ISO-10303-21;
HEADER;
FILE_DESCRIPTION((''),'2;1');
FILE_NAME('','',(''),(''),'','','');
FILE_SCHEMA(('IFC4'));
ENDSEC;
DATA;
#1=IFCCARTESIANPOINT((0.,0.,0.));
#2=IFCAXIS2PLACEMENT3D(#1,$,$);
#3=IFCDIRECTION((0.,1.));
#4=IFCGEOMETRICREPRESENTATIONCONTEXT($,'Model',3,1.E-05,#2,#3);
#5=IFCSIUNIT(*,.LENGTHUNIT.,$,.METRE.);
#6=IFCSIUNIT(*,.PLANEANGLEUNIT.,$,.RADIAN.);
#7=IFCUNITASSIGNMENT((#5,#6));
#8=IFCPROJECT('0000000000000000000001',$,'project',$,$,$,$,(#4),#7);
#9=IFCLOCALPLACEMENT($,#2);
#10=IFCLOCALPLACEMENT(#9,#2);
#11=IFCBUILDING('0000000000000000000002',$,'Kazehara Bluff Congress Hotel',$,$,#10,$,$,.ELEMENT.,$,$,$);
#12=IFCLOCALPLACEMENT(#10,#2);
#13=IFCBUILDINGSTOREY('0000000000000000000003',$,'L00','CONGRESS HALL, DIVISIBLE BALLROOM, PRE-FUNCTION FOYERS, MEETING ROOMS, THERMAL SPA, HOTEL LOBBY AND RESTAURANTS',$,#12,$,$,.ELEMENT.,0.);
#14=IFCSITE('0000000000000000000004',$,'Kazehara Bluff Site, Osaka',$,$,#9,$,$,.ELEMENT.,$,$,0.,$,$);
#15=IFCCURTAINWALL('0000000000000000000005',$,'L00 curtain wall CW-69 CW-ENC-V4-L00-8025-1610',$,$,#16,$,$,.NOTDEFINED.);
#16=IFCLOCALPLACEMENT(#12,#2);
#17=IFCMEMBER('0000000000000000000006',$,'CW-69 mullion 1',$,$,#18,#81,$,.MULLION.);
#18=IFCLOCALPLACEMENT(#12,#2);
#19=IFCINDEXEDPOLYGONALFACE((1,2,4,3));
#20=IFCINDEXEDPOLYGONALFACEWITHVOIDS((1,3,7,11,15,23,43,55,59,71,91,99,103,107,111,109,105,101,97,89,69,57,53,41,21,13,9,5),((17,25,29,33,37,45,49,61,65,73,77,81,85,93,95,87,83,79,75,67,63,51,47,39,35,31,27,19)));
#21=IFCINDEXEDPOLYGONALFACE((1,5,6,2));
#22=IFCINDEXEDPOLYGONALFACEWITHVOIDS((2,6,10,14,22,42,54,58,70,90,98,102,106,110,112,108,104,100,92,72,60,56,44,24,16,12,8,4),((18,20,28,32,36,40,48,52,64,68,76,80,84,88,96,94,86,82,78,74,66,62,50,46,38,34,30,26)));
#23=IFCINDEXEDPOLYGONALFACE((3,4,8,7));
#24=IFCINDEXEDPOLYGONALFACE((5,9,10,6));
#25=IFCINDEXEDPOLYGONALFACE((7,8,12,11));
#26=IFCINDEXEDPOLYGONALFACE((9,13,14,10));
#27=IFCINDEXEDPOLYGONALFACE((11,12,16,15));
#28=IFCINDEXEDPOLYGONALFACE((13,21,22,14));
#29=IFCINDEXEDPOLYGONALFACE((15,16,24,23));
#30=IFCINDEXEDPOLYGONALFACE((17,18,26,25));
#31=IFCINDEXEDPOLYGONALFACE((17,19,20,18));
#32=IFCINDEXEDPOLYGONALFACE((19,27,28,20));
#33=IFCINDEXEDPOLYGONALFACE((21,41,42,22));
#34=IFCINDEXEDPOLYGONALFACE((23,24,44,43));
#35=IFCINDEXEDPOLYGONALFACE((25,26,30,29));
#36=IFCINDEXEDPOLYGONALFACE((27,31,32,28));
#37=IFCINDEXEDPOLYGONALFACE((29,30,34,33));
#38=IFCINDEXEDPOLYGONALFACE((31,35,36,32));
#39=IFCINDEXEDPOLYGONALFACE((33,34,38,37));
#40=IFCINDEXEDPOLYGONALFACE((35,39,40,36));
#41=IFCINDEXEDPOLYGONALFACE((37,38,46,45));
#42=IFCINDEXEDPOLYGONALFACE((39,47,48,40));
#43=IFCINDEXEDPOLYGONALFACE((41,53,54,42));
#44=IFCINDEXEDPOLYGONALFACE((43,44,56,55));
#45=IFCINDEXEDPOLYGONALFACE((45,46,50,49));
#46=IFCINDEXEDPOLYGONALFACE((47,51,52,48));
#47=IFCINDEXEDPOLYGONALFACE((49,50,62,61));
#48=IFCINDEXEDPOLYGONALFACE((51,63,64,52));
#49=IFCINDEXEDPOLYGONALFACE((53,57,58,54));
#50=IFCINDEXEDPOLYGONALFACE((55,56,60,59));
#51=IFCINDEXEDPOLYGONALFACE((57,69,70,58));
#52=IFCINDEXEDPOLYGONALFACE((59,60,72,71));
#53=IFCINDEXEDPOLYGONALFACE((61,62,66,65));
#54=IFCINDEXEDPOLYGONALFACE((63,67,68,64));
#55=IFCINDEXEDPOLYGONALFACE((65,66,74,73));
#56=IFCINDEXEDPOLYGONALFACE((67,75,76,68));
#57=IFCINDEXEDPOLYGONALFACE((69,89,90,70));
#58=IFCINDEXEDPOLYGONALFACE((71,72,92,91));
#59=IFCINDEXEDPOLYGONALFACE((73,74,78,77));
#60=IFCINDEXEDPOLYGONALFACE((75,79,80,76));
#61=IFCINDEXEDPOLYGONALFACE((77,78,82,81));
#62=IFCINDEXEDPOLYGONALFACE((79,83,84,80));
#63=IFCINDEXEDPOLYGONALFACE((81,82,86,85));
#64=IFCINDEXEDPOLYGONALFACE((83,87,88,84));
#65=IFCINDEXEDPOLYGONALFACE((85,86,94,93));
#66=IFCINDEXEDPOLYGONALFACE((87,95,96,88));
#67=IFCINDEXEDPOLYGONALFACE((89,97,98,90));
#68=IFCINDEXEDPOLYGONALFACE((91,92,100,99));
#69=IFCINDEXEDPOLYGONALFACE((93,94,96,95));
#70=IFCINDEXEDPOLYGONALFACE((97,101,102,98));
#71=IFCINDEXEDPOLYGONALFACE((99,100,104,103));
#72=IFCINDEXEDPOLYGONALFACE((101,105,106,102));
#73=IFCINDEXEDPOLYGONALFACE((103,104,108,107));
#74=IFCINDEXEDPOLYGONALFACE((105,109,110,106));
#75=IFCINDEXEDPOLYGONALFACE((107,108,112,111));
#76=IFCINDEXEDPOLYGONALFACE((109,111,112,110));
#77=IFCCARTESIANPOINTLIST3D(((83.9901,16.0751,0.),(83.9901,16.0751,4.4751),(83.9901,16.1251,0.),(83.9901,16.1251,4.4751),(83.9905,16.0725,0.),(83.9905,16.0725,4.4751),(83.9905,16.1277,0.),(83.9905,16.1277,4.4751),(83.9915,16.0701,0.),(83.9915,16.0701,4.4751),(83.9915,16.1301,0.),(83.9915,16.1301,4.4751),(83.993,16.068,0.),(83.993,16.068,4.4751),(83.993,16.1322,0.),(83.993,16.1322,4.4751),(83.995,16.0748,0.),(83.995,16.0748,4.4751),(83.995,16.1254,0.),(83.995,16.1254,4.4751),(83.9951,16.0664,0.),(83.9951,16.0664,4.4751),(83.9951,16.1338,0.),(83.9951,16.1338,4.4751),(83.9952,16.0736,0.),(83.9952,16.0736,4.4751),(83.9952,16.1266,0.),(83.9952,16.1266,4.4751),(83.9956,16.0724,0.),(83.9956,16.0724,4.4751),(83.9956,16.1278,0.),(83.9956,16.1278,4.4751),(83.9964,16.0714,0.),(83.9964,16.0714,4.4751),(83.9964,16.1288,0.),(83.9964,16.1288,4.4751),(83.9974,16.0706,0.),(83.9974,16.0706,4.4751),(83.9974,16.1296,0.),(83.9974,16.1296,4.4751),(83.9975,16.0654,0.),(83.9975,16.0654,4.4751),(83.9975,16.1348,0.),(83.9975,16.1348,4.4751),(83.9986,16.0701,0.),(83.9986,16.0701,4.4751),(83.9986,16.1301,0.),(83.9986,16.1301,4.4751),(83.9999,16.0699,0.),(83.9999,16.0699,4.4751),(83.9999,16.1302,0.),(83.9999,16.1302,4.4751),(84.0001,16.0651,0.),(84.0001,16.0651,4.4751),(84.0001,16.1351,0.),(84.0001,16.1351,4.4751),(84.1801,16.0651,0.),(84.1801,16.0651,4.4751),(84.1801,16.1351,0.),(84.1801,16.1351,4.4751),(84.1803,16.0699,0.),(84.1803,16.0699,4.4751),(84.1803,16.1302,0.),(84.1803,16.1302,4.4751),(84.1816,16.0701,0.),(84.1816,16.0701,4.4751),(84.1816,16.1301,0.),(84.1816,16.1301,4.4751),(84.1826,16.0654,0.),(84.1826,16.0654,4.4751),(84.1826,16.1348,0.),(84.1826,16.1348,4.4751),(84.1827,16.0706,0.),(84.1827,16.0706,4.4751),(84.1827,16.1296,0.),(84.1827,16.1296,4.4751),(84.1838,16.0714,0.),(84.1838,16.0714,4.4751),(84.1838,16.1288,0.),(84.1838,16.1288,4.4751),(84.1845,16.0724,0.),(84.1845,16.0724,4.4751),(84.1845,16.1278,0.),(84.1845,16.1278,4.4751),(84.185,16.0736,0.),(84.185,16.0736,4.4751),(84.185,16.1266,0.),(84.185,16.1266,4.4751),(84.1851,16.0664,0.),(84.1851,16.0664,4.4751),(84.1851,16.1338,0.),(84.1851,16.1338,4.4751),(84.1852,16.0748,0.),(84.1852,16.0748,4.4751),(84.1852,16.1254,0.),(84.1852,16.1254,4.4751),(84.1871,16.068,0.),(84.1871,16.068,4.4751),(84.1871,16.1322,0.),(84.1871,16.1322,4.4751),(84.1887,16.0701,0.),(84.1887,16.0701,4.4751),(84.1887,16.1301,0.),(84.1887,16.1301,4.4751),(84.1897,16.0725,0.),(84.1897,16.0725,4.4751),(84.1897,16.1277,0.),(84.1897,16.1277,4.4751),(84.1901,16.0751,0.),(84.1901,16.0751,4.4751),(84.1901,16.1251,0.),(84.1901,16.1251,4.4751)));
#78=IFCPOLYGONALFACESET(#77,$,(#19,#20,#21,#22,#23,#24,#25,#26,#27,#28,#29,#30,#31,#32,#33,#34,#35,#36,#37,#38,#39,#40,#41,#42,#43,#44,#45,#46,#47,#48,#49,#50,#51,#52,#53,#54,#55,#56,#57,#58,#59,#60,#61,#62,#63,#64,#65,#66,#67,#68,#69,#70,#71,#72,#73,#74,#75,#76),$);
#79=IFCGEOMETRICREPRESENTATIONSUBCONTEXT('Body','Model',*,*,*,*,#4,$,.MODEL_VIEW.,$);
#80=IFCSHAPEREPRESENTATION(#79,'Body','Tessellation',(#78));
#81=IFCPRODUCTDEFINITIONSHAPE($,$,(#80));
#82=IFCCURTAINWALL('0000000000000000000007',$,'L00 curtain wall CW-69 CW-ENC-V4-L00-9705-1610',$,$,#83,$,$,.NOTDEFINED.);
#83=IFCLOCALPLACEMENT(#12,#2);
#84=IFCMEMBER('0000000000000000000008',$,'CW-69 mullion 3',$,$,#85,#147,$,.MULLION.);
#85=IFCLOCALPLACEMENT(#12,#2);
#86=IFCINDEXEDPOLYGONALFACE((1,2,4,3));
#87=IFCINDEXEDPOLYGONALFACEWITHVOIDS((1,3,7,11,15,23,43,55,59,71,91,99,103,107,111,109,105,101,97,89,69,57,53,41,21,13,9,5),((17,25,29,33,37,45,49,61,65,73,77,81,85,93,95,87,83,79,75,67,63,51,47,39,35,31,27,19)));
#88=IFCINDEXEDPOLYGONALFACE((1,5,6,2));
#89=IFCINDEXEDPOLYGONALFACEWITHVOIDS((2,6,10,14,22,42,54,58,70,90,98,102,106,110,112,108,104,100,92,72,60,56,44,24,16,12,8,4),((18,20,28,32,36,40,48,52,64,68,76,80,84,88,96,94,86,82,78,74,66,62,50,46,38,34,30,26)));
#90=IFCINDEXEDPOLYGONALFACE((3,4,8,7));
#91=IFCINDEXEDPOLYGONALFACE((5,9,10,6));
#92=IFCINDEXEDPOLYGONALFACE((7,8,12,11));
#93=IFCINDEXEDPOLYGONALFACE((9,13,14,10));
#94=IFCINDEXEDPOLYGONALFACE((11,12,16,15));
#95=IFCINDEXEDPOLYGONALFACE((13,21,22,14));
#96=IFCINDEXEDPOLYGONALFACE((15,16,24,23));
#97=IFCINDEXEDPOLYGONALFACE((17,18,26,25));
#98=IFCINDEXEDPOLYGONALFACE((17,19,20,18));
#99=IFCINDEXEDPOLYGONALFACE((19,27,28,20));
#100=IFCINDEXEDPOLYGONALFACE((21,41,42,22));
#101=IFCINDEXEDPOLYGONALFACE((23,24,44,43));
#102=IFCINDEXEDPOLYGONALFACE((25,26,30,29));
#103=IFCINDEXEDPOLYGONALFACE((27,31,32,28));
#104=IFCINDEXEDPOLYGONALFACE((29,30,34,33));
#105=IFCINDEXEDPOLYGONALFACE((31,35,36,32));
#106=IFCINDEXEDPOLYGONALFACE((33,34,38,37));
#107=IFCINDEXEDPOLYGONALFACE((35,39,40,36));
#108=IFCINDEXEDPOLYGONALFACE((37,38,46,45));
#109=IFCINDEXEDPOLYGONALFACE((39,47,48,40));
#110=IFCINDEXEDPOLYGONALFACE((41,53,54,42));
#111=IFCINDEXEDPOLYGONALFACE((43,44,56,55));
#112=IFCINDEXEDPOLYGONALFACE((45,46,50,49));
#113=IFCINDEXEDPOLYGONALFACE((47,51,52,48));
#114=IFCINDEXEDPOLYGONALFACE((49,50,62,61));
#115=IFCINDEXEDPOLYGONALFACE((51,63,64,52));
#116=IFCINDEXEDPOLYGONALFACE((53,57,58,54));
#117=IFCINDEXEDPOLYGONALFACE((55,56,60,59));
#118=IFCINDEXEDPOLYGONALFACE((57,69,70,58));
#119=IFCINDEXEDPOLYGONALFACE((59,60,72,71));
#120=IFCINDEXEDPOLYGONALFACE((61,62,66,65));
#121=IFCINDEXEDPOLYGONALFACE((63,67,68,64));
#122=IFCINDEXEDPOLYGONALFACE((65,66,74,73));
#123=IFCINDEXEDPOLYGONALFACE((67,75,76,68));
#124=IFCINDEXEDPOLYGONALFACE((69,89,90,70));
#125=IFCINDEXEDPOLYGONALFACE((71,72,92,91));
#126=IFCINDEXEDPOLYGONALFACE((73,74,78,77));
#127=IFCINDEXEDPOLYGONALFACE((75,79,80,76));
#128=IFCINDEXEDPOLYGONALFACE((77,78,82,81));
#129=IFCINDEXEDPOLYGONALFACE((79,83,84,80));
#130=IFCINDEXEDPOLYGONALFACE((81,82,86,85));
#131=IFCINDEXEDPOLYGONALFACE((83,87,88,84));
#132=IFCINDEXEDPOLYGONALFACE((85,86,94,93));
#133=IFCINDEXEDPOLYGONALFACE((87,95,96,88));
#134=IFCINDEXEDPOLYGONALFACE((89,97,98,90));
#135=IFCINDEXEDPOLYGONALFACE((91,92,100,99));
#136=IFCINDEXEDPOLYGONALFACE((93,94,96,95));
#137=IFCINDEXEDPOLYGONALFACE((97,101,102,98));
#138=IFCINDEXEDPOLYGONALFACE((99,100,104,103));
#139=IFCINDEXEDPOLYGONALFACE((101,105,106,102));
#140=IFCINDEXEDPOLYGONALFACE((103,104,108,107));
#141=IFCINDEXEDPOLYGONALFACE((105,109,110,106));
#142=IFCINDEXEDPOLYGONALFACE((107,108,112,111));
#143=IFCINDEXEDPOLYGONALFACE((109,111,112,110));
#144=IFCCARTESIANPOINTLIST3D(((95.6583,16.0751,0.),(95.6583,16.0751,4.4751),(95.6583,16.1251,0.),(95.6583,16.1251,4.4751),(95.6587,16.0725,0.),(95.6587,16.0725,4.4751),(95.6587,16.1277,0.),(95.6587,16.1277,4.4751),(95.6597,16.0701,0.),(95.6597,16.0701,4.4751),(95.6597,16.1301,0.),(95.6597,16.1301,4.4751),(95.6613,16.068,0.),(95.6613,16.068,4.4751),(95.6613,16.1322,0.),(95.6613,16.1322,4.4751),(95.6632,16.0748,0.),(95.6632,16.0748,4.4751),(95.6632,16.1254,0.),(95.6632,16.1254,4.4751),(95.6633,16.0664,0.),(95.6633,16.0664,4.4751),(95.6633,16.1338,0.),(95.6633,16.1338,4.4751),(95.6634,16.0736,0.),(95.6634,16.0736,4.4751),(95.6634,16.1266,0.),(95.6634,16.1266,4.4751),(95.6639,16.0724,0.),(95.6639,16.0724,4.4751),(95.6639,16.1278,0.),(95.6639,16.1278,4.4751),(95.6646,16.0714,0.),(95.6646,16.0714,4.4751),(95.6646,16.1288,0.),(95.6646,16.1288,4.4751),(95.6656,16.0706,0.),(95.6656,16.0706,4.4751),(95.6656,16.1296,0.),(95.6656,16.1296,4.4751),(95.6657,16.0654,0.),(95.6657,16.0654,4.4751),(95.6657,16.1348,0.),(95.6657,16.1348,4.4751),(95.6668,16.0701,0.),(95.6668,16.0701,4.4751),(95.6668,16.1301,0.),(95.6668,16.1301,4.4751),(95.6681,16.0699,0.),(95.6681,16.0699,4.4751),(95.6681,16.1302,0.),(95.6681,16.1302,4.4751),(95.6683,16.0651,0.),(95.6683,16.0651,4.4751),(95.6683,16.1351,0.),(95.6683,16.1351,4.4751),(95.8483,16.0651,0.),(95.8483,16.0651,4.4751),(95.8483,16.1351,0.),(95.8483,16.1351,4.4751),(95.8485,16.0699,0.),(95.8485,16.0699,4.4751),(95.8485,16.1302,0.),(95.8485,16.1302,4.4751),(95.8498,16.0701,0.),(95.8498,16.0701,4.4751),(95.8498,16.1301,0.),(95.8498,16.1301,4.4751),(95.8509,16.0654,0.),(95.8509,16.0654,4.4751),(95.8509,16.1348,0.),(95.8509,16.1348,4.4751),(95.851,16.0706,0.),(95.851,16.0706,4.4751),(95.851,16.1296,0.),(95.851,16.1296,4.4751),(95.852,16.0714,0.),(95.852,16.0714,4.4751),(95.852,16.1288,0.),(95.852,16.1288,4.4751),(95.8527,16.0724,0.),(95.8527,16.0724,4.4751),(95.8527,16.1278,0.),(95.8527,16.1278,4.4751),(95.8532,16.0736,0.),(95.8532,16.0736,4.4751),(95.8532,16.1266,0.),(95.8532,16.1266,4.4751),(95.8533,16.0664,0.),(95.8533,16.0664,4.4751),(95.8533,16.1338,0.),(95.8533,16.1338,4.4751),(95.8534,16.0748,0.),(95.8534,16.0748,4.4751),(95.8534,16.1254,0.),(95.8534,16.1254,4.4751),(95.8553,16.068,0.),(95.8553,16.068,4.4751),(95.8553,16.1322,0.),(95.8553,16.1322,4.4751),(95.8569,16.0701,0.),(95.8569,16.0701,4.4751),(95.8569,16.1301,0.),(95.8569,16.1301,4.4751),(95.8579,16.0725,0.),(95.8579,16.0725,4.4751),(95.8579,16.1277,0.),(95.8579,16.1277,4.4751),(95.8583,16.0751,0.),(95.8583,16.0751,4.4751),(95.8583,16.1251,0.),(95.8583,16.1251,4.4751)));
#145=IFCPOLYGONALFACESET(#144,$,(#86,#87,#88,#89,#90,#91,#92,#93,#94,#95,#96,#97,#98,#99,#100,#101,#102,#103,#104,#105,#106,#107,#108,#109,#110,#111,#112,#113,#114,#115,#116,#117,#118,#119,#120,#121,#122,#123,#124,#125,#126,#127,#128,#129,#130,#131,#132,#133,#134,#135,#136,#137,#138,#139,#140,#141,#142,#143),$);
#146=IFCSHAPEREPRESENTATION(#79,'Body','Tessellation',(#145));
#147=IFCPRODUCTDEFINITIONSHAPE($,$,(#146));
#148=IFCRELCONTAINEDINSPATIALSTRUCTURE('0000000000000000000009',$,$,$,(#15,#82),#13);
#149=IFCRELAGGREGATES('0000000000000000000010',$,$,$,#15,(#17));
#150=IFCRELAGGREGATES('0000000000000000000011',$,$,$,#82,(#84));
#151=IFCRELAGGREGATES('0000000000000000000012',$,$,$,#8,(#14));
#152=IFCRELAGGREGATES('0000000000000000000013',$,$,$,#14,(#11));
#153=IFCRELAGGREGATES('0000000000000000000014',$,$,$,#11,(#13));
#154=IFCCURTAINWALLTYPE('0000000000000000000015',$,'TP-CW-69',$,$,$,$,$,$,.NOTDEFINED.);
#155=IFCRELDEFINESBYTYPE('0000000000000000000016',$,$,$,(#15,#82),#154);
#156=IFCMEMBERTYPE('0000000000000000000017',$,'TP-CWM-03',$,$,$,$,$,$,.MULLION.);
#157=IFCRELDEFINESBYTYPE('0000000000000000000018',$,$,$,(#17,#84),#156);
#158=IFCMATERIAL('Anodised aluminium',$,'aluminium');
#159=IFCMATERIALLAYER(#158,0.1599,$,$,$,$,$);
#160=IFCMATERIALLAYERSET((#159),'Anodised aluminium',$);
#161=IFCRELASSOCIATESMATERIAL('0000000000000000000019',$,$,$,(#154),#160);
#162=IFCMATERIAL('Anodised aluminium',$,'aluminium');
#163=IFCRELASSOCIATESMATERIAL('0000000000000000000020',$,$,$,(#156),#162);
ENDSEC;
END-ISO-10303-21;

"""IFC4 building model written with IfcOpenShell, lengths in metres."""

from ifc_helpers import new_model, si_unit, direction, frame, origin, origin_2d, place, context, subcontext, project, spatial, hollow_rectangle, extrude, material, layer, layer_set, material_profile, profile_set, type_object, element, aggregate, save


model = new_model("IFC4")

# Units and contexts
model_context = context("Model", 3, precision=1e-05, world=origin(), true_north=direction((0.0, 1.0)))
body_context = subcontext(model_context, "Body", "Model", "MODEL_VIEW")
ifc_project = project(units=[si_unit("LENGTHUNIT", "METRE"), si_unit("PLANEANGLEUNIT", "RADIAN")], contexts=[model_context])

# Site, building, storey
site_placement = place(None, origin())
site = spatial("IfcSite", under=ifc_project, at=site_placement, Name="Kazehara Bluff Site, Osaka", CompositionType="ELEMENT", RefElevation=0.0)
building_placement = place(site_placement, origin())
building = spatial("IfcBuilding", under=site, at=building_placement, Name="Kazehara Bluff Congress Hotel", CompositionType="ELEMENT")
storey_placement = place(building_placement, origin())
storey = spatial("IfcBuildingStorey", under=building, at=storey_placement, Name="L00", Description="CONGRESS HALL, DIVISIBLE BALLROOM, PRE-FUNCTION FOYERS, MEETING ROOMS, THERMAL SPA, HOTEL LOBBY AND RESTAURANTS", CompositionType="ELEMENT", Elevation=0.0)

# Curtain wall, member
ifc_material_1 = material(Name="Anodised aluminium", Category="aluminium")
ifc_layer_1 = layer(ifc_material_1, 0.1599)
ifc_layer_set_1 = layer_set([ifc_layer_1], Name="Anodised aluminium")
curtain_wall_type = type_object("IfcCurtainWallType", Name="TP-CW-69", PredefinedType="NOTDEFINED", material=ifc_layer_set_1)
curtain_wall_1_placement = place(storey_placement, origin())
curtain_wall_1 = element("IfcCurtainWall", 1, at=curtain_wall_1_placement, inside=storey, type_object=curtain_wall_type, Name="L00 curtain wall CW-69 CW-ENC-V4-L00-8025-1610", PredefinedType="NOTDEFINED")
ifc_material_2 = material(Name="Anodised aluminium", Category="aluminium")
ifc_material_profile_1 = material_profile(ifc_material_2, hollow_rectangle(XDim=0.0701, YDim=0.2, WallThickness=0.0049, InnerFilletRadius=0.0049, OuterFilletRadius=0.01, at=origin_2d()))
ifc_profile_set_1 = profile_set([ifc_material_profile_1], Name="Anodised aluminium")
member_type_1 = type_object("IfcMemberType", Name="TP-CWM-03", PredefinedType="MULLION", material=ifc_profile_set_1)
member_1_placement = place(storey_placement, frame((84.0901, 16.1001, 0.0), z_axis=(0.0, 0.0, 1.0), x_axis=(0.0, -1.0, 0.0)))
member_1 = element("IfcMember", 2, at=member_1_placement, type_object=member_type_1, Name="CW-69 mullion 1", PredefinedType="MULLION", context=body_context, shape_type="SweptSolid", body=[
    extrude(hollow_rectangle(XDim=0.0701, YDim=0.2, WallThickness=0.0049, InnerFilletRadius=0.0049, OuterFilletRadius=0.01, at=origin_2d()), origin(), (0.0, 0.0, 1.0), 4.4751),
])

# Curtain wall, member
curtain_wall_2_placement = place(storey_placement, origin())
curtain_wall_2 = element("IfcCurtainWall", 3, at=curtain_wall_2_placement, inside=storey, type_object=curtain_wall_type, Name="L00 curtain wall CW-69 CW-ENC-V4-L00-9705-1610", PredefinedType="NOTDEFINED")
member_2_placement = place(storey_placement, frame((95.7583, 16.1001, 0.0), z_axis=(0.0, 0.0, 1.0), x_axis=(0.0, -1.0, 0.0)))
member_2 = element("IfcMember", 4, at=member_2_placement, type_object=member_type_1, Name="CW-69 mullion 3", PredefinedType="MULLION", context=body_context, shape_type="SweptSolid", body=[
    extrude(hollow_rectangle(XDim=0.0701, YDim=0.2, WallThickness=0.0049, InnerFilletRadius=0.0049, OuterFilletRadius=0.01, at=origin_2d()), origin(), (0.0, 0.0, 1.0), 4.4751),
])

aggregate(curtain_wall_1, [member_1])

aggregate(curtain_wall_2, [member_2])

save(model, "model.ifc")
